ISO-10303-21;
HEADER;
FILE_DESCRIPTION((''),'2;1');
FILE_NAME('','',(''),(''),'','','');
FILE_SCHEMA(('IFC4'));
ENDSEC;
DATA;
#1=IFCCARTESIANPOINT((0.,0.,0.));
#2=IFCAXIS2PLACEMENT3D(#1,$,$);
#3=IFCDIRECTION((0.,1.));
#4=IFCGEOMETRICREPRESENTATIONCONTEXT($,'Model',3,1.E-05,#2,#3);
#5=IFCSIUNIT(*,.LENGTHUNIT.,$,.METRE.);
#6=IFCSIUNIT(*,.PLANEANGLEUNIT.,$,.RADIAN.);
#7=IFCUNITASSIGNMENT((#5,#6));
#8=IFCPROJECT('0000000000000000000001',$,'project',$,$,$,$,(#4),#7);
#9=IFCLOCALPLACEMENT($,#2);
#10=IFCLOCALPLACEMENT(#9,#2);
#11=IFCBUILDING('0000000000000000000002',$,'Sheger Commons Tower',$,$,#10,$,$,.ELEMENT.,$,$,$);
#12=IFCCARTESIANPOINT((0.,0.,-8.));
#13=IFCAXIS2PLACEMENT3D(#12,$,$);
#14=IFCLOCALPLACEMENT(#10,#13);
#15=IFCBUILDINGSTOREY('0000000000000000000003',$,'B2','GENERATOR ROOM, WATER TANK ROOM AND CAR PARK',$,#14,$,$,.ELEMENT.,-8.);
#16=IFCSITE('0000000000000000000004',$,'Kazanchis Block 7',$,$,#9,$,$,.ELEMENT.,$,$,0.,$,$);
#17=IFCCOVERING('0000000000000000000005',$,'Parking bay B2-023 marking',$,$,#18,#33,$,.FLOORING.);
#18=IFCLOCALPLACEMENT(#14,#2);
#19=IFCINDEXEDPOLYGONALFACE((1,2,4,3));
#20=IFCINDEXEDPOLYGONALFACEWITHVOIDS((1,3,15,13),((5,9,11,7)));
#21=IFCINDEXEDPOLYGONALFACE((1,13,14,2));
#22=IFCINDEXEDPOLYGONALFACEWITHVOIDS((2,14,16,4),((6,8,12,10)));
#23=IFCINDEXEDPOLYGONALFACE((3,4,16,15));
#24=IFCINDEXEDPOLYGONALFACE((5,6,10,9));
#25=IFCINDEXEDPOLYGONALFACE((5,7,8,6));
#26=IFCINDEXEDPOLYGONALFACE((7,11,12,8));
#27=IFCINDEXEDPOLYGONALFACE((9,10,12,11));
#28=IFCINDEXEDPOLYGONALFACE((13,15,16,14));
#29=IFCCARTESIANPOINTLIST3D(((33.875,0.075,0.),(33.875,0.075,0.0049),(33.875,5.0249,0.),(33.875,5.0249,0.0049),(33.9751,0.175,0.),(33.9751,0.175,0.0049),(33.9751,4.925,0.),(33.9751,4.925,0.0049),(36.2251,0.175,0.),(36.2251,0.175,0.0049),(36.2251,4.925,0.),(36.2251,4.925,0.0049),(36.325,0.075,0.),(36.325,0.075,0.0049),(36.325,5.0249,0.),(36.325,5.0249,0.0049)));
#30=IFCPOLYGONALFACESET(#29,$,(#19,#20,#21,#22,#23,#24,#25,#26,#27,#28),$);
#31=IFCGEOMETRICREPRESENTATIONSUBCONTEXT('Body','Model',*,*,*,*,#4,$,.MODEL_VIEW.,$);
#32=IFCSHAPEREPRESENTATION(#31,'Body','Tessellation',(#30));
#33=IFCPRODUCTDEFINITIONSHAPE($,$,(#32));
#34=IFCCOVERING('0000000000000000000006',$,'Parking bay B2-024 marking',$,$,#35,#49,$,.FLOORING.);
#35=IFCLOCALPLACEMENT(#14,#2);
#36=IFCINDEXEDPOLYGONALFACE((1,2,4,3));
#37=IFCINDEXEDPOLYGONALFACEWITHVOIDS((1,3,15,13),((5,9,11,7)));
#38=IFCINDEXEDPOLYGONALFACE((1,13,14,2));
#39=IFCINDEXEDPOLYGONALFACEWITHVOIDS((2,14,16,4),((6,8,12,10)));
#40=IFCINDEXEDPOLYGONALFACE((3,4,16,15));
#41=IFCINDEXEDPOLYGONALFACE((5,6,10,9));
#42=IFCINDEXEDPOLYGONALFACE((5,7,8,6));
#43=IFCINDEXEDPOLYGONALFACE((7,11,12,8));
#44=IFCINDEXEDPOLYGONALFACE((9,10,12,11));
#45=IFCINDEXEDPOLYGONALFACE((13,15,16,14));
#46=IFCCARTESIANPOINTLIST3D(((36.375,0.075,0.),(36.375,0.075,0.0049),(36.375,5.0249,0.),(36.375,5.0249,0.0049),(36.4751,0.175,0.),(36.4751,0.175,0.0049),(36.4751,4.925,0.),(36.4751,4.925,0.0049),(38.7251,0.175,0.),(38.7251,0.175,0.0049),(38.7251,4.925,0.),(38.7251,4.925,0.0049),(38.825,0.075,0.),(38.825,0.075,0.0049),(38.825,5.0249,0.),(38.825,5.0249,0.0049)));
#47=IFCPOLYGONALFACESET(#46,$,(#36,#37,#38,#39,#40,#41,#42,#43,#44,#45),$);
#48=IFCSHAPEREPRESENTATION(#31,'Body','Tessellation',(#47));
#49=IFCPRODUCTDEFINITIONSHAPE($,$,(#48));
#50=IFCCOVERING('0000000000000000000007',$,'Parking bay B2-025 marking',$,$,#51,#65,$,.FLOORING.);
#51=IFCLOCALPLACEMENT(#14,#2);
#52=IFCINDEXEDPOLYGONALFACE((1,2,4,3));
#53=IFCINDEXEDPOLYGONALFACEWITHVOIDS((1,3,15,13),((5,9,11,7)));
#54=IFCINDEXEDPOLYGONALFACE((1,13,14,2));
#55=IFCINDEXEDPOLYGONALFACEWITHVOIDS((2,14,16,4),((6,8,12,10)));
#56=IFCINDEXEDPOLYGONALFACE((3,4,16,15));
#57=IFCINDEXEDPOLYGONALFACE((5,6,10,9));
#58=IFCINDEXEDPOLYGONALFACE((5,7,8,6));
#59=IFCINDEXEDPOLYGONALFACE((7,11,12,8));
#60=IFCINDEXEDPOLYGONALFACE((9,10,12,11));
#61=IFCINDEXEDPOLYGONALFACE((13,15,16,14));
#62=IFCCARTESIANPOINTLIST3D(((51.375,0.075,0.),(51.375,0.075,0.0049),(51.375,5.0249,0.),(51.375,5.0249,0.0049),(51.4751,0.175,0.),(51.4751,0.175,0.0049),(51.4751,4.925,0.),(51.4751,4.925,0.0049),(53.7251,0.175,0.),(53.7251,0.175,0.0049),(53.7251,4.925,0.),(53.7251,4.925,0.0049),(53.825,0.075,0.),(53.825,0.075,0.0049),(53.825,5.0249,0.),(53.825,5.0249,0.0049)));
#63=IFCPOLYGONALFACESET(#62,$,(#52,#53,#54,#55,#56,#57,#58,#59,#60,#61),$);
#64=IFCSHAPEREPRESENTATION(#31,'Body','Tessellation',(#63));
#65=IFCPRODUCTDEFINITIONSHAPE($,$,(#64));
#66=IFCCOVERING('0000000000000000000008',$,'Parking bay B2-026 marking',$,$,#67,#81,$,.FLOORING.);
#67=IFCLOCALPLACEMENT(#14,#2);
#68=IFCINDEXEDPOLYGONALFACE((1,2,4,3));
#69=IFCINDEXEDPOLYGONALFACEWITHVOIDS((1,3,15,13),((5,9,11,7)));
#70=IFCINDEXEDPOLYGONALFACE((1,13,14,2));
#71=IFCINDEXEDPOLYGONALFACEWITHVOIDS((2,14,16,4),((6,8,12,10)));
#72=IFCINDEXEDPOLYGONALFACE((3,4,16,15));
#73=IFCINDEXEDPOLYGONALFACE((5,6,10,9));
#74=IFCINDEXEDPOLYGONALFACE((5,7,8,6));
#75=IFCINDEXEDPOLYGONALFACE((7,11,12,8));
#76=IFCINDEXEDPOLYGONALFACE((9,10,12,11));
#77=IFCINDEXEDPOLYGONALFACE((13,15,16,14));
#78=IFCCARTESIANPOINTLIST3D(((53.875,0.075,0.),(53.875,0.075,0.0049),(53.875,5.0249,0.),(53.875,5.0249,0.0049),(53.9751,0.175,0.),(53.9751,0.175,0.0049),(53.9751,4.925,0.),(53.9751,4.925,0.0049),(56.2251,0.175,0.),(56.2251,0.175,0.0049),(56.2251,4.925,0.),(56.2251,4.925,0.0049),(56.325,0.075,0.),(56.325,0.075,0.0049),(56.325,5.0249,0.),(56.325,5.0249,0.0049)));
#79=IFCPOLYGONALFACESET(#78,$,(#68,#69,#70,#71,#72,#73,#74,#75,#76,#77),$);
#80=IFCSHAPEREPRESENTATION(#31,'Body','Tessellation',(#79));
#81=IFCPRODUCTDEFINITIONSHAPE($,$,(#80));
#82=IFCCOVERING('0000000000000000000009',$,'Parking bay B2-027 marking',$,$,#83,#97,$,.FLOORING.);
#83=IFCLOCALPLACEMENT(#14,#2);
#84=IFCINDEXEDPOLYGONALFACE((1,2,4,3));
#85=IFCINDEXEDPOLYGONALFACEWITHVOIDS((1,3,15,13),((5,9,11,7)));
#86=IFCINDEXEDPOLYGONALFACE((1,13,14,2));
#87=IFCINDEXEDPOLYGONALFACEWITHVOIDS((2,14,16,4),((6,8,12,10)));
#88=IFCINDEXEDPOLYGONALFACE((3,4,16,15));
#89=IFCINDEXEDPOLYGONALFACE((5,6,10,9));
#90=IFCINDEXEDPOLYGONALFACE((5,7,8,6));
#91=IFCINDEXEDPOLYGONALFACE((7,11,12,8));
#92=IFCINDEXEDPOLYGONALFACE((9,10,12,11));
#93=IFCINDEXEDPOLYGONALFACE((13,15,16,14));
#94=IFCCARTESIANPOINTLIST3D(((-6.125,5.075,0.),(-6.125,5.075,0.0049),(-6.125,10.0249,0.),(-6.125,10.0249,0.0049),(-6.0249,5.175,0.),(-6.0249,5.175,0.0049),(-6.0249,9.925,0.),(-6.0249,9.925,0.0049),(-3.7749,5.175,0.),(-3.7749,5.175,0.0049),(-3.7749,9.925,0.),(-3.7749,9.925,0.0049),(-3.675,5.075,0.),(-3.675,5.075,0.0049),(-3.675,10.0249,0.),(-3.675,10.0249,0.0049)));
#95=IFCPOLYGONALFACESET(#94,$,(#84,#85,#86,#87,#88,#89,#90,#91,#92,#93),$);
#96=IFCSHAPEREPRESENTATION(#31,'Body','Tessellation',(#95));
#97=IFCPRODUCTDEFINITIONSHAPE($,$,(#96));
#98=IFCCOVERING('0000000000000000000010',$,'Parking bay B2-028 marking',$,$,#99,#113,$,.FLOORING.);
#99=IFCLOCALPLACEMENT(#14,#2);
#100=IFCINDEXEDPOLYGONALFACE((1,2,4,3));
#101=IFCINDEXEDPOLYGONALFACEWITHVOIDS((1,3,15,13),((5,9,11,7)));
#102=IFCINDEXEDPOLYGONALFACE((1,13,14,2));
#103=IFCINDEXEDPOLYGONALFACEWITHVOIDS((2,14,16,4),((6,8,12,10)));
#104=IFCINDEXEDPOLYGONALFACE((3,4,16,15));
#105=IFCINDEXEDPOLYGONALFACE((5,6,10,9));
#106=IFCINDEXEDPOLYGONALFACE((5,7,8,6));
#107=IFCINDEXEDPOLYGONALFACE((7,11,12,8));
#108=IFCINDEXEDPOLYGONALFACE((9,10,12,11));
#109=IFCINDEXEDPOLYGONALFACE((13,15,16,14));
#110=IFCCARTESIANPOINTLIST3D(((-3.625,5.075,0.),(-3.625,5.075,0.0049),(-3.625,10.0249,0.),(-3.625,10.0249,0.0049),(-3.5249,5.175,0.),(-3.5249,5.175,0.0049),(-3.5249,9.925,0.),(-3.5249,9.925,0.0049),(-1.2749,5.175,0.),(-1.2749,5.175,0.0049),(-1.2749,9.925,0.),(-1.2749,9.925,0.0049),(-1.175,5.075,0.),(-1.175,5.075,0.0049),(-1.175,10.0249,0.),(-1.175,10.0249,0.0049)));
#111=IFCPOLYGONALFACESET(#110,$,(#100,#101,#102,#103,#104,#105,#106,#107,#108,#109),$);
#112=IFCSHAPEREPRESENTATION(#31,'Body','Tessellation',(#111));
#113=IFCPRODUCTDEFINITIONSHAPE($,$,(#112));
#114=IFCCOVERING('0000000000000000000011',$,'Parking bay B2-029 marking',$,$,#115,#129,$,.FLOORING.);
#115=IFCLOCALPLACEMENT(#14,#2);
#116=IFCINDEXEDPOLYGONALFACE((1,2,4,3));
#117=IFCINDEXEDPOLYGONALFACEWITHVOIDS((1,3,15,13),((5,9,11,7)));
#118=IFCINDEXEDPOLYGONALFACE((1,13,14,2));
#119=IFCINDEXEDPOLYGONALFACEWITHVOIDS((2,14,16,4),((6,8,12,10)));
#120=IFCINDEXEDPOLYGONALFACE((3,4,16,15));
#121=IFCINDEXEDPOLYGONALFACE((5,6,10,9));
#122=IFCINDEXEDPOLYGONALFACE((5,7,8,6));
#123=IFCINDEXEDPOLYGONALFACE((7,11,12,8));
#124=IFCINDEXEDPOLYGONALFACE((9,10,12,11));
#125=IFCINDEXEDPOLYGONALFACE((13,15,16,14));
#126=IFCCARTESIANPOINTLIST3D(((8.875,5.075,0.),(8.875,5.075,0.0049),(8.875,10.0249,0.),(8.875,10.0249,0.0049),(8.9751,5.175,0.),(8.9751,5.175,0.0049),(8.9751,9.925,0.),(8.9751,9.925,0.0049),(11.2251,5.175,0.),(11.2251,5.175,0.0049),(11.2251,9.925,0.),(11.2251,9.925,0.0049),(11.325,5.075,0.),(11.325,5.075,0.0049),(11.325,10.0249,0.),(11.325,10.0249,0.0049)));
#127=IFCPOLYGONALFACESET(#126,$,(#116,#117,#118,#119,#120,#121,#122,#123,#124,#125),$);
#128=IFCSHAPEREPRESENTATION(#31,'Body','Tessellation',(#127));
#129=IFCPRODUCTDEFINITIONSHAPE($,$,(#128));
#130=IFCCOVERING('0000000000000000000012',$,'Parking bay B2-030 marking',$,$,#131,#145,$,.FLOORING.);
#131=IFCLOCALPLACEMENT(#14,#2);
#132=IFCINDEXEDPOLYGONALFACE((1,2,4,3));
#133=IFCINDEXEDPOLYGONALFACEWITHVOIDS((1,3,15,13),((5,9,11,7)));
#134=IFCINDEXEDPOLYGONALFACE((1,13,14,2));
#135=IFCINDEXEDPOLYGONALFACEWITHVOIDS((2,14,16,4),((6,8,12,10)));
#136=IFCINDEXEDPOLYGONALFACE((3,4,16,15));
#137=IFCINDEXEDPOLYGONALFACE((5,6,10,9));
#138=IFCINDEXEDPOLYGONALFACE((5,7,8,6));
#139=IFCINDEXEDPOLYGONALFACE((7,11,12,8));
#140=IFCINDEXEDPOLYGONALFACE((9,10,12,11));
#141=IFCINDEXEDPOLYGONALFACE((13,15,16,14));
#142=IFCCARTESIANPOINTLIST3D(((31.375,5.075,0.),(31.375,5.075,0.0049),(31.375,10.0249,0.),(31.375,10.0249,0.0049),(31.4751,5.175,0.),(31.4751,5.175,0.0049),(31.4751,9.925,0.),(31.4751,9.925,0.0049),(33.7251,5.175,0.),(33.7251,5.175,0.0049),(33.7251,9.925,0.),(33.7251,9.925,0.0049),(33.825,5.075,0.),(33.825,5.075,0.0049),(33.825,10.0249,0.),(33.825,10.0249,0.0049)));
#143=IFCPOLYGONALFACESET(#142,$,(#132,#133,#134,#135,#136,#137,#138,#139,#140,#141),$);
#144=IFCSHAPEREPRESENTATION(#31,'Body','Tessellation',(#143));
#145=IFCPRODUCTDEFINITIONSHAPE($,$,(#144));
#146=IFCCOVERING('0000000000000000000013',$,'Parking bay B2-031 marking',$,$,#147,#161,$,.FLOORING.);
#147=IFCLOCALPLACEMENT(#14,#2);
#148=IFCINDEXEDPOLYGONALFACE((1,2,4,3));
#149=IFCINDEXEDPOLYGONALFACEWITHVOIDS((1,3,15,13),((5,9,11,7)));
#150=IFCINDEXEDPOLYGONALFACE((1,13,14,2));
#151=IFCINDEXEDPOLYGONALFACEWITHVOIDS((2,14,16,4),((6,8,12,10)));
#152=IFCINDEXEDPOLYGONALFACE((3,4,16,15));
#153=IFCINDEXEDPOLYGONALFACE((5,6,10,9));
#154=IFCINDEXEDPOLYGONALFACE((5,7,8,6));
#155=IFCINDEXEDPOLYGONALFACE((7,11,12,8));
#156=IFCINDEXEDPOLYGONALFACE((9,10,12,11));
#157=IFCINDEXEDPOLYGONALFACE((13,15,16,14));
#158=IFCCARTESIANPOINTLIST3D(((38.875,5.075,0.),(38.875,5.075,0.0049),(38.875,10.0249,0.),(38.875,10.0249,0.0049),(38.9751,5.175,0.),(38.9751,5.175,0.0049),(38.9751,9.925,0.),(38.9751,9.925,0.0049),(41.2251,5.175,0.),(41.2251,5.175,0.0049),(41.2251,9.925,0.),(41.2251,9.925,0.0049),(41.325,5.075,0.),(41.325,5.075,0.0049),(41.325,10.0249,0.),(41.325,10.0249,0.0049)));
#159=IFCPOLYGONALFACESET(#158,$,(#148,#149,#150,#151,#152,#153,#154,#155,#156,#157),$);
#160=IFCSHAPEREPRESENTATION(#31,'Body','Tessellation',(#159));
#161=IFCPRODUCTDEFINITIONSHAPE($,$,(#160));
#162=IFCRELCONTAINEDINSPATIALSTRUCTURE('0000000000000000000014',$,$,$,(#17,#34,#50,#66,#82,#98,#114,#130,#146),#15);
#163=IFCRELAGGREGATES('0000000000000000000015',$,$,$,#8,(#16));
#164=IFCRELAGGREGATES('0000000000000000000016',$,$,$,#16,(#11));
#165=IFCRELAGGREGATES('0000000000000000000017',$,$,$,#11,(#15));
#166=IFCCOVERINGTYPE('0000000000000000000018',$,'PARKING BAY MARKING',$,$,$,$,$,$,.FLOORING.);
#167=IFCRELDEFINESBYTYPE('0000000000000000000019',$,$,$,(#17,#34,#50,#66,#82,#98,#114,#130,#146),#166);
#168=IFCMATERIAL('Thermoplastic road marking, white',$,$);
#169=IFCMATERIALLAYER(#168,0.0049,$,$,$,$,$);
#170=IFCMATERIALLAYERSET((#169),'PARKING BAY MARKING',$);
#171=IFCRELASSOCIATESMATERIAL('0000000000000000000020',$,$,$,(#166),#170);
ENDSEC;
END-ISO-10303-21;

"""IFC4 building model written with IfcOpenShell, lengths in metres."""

from ifc_helpers import new_model, si_unit, direction, frame, origin, place, context, subcontext, project, spatial, polyline, outline, extrude, material, layer, layer_set, type_object, element, save


model = new_model("IFC4")

# Units and contexts
model_context = context("Model", 3, precision=1e-05, world=origin(), true_north=direction((0.0, 1.0)))
body_context = subcontext(model_context, "Body", "Model", "MODEL_VIEW")
ifc_project = project(units=[si_unit("LENGTHUNIT", "METRE"), si_unit("PLANEANGLEUNIT", "RADIAN")], contexts=[model_context])

# Site, building, storey
site_placement = place(None, origin())
site = spatial("IfcSite", under=ifc_project, at=site_placement, Name="Kazanchis Block 7", CompositionType="ELEMENT", RefElevation=0.0)
building_placement = place(site_placement, origin())
building = spatial("IfcBuilding", under=site, at=building_placement, Name="Sheger Commons Tower", CompositionType="ELEMENT")
storey_placement = place(building_placement, frame((0.0, 0.0, -8.0)))
storey = spatial("IfcBuildingStorey", under=building, at=storey_placement, Name="B2", Description="GENERATOR ROOM, WATER TANK ROOM AND CAR PARK", CompositionType="ELEMENT", Elevation=-8.0)

# Coverings
ifc_material_1 = material(Name="Thermoplastic road marking, white")
ifc_layer = layer(ifc_material_1, 0.0049)
ifc_layer_set = layer_set([ifc_layer], Name="PARKING BAY MARKING")
covering_type = type_object("IfcCoveringType", Name="PARKING BAY MARKING", PredefinedType="FLOORING", material=ifc_layer_set)
covering_1_placement = place(storey_placement, origin())
element("IfcCovering", 1, at=covering_1_placement, inside=storey, type_object=covering_type, Name="Parking bay B2-023 marking", PredefinedType="FLOORING", context=body_context, shape_type="SweptSolid", body=[
    extrude(outline(polyline([(33.875, 0.075), (36.325, 0.075), (36.325, 5.0249), (33.875, 5.0249), (33.875, 0.075)]), holes=[polyline([(36.2251, 4.925), (36.2251, 0.175), (33.9751, 0.175), (33.9751, 4.925), (36.2251, 4.925)])]), origin(), (0.0, 0.0, 1.0), 0.0049),
])
covering_2_placement = place(storey_placement, origin())
element("IfcCovering", 2, at=covering_2_placement, inside=storey, type_object=covering_type, Name="Parking bay B2-024 marking", PredefinedType="FLOORING", context=body_context, shape_type="SweptSolid", body=[
    extrude(outline(polyline([(36.375, 0.075), (38.825, 0.075), (38.825, 5.0249), (36.375, 5.0249), (36.375, 0.075)]), holes=[polyline([(38.7251, 4.925), (38.7251, 0.175), (36.4751, 0.175), (36.4751, 4.925), (38.7251, 4.925)])]), origin(), (0.0, 0.0, 1.0), 0.0049),
])
covering_3_placement = place(storey_placement, origin())
element("IfcCovering", 3, at=covering_3_placement, inside=storey, type_object=covering_type, Name="Parking bay B2-025 marking", PredefinedType="FLOORING", context=body_context, shape_type="SweptSolid", body=[
    extrude(outline(polyline([(51.375, 0.075), (53.825, 0.075), (53.825, 5.0249), (51.375, 5.0249), (51.375, 0.075)]), holes=[polyline([(53.7251, 4.925), (53.7251, 0.175), (51.4751, 0.175), (51.4751, 4.925), (53.7251, 4.925)])]), origin(), (0.0, 0.0, 1.0), 0.0049),
])
covering_4_placement = place(storey_placement, origin())
element("IfcCovering", 4, at=covering_4_placement, inside=storey, type_object=covering_type, Name="Parking bay B2-026 marking", PredefinedType="FLOORING", context=body_context, shape_type="SweptSolid", body=[
    extrude(outline(polyline([(53.875, 0.075), (56.325, 0.075), (56.325, 5.0249), (53.875, 5.0249), (53.875, 0.075)]), holes=[polyline([(56.2251, 4.925), (56.2251, 0.175), (53.9751, 0.175), (53.9751, 4.925), (56.2251, 4.925)])]), origin(), (0.0, 0.0, 1.0), 0.0049),
])
covering_5_placement = place(storey_placement, origin())
element("IfcCovering", 5, at=covering_5_placement, inside=storey, type_object=covering_type, Name="Parking bay B2-027 marking", PredefinedType="FLOORING", context=body_context, shape_type="SweptSolid", body=[
    extrude(outline(polyline([(-6.125, 5.075), (-3.675, 5.075), (-3.675, 10.0249), (-6.125, 10.0249), (-6.125, 5.075)]), holes=[polyline([(-3.7749, 9.925), (-3.7749, 5.175), (-6.0249, 5.175), (-6.0249, 9.925), (-3.7749, 9.925)])]), origin(), (0.0, 0.0, 1.0), 0.0049),
])
covering_6_placement = place(storey_placement, origin())
element("IfcCovering", 6, at=covering_6_placement, inside=storey, type_object=covering_type, Name="Parking bay B2-028 marking", PredefinedType="FLOORING", context=body_context, shape_type="SweptSolid", body=[
    extrude(outline(polyline([(-3.625, 5.075), (-1.175, 5.075), (-1.175, 10.0249), (-3.625, 10.0249), (-3.625, 5.075)]), holes=[polyline([(-1.2749, 9.925), (-1.2749, 5.175), (-3.5249, 5.175), (-3.5249, 9.925), (-1.2749, 9.925)])]), origin(), (0.0, 0.0, 1.0), 0.0049),
])
covering_7_placement = place(storey_placement, origin())
element("IfcCovering", 7, at=covering_7_placement, inside=storey, type_object=covering_type, Name="Parking bay B2-029 marking", PredefinedType="FLOORING", context=body_context, shape_type="SweptSolid", body=[
    extrude(outline(polyline([(8.875, 5.075), (11.325, 5.075), (11.325, 10.0249), (8.875, 10.0249), (8.875, 5.075)]), holes=[polyline([(11.2251, 9.925), (11.2251, 5.175), (8.9751, 5.175), (8.9751, 9.925), (11.2251, 9.925)])]), origin(), (0.0, 0.0, 1.0), 0.0049),
])
covering_8_placement = place(storey_placement, origin())
element("IfcCovering", 8, at=covering_8_placement, inside=storey, type_object=covering_type, Name="Parking bay B2-030 marking", PredefinedType="FLOORING", context=body_context, shape_type="SweptSolid", body=[
    extrude(outline(polyline([(31.375, 5.075), (33.825, 5.075), (33.825, 10.0249), (31.375, 10.0249), (31.375, 5.075)]), holes=[polyline([(33.7251, 9.925), (33.7251, 5.175), (31.4751, 5.175), (31.4751, 9.925), (33.7251, 9.925)])]), origin(), (0.0, 0.0, 1.0), 0.0049),
])
covering_9_placement = place(storey_placement, origin())
element("IfcCovering", 9, at=covering_9_placement, inside=storey, type_object=covering_type, Name="Parking bay B2-031 marking", PredefinedType="FLOORING", context=body_context, shape_type="SweptSolid", body=[
    extrude(outline(polyline([(38.875, 5.075), (41.325, 5.075), (41.325, 10.0249), (38.875, 10.0249), (38.875, 5.075)]), holes=[polyline([(41.2251, 9.925), (41.2251, 5.175), (38.9751, 5.175), (38.9751, 9.925), (41.2251, 9.925)])]), origin(), (0.0, 0.0, 1.0), 0.0049),
])

save(model, "model.ifc")
